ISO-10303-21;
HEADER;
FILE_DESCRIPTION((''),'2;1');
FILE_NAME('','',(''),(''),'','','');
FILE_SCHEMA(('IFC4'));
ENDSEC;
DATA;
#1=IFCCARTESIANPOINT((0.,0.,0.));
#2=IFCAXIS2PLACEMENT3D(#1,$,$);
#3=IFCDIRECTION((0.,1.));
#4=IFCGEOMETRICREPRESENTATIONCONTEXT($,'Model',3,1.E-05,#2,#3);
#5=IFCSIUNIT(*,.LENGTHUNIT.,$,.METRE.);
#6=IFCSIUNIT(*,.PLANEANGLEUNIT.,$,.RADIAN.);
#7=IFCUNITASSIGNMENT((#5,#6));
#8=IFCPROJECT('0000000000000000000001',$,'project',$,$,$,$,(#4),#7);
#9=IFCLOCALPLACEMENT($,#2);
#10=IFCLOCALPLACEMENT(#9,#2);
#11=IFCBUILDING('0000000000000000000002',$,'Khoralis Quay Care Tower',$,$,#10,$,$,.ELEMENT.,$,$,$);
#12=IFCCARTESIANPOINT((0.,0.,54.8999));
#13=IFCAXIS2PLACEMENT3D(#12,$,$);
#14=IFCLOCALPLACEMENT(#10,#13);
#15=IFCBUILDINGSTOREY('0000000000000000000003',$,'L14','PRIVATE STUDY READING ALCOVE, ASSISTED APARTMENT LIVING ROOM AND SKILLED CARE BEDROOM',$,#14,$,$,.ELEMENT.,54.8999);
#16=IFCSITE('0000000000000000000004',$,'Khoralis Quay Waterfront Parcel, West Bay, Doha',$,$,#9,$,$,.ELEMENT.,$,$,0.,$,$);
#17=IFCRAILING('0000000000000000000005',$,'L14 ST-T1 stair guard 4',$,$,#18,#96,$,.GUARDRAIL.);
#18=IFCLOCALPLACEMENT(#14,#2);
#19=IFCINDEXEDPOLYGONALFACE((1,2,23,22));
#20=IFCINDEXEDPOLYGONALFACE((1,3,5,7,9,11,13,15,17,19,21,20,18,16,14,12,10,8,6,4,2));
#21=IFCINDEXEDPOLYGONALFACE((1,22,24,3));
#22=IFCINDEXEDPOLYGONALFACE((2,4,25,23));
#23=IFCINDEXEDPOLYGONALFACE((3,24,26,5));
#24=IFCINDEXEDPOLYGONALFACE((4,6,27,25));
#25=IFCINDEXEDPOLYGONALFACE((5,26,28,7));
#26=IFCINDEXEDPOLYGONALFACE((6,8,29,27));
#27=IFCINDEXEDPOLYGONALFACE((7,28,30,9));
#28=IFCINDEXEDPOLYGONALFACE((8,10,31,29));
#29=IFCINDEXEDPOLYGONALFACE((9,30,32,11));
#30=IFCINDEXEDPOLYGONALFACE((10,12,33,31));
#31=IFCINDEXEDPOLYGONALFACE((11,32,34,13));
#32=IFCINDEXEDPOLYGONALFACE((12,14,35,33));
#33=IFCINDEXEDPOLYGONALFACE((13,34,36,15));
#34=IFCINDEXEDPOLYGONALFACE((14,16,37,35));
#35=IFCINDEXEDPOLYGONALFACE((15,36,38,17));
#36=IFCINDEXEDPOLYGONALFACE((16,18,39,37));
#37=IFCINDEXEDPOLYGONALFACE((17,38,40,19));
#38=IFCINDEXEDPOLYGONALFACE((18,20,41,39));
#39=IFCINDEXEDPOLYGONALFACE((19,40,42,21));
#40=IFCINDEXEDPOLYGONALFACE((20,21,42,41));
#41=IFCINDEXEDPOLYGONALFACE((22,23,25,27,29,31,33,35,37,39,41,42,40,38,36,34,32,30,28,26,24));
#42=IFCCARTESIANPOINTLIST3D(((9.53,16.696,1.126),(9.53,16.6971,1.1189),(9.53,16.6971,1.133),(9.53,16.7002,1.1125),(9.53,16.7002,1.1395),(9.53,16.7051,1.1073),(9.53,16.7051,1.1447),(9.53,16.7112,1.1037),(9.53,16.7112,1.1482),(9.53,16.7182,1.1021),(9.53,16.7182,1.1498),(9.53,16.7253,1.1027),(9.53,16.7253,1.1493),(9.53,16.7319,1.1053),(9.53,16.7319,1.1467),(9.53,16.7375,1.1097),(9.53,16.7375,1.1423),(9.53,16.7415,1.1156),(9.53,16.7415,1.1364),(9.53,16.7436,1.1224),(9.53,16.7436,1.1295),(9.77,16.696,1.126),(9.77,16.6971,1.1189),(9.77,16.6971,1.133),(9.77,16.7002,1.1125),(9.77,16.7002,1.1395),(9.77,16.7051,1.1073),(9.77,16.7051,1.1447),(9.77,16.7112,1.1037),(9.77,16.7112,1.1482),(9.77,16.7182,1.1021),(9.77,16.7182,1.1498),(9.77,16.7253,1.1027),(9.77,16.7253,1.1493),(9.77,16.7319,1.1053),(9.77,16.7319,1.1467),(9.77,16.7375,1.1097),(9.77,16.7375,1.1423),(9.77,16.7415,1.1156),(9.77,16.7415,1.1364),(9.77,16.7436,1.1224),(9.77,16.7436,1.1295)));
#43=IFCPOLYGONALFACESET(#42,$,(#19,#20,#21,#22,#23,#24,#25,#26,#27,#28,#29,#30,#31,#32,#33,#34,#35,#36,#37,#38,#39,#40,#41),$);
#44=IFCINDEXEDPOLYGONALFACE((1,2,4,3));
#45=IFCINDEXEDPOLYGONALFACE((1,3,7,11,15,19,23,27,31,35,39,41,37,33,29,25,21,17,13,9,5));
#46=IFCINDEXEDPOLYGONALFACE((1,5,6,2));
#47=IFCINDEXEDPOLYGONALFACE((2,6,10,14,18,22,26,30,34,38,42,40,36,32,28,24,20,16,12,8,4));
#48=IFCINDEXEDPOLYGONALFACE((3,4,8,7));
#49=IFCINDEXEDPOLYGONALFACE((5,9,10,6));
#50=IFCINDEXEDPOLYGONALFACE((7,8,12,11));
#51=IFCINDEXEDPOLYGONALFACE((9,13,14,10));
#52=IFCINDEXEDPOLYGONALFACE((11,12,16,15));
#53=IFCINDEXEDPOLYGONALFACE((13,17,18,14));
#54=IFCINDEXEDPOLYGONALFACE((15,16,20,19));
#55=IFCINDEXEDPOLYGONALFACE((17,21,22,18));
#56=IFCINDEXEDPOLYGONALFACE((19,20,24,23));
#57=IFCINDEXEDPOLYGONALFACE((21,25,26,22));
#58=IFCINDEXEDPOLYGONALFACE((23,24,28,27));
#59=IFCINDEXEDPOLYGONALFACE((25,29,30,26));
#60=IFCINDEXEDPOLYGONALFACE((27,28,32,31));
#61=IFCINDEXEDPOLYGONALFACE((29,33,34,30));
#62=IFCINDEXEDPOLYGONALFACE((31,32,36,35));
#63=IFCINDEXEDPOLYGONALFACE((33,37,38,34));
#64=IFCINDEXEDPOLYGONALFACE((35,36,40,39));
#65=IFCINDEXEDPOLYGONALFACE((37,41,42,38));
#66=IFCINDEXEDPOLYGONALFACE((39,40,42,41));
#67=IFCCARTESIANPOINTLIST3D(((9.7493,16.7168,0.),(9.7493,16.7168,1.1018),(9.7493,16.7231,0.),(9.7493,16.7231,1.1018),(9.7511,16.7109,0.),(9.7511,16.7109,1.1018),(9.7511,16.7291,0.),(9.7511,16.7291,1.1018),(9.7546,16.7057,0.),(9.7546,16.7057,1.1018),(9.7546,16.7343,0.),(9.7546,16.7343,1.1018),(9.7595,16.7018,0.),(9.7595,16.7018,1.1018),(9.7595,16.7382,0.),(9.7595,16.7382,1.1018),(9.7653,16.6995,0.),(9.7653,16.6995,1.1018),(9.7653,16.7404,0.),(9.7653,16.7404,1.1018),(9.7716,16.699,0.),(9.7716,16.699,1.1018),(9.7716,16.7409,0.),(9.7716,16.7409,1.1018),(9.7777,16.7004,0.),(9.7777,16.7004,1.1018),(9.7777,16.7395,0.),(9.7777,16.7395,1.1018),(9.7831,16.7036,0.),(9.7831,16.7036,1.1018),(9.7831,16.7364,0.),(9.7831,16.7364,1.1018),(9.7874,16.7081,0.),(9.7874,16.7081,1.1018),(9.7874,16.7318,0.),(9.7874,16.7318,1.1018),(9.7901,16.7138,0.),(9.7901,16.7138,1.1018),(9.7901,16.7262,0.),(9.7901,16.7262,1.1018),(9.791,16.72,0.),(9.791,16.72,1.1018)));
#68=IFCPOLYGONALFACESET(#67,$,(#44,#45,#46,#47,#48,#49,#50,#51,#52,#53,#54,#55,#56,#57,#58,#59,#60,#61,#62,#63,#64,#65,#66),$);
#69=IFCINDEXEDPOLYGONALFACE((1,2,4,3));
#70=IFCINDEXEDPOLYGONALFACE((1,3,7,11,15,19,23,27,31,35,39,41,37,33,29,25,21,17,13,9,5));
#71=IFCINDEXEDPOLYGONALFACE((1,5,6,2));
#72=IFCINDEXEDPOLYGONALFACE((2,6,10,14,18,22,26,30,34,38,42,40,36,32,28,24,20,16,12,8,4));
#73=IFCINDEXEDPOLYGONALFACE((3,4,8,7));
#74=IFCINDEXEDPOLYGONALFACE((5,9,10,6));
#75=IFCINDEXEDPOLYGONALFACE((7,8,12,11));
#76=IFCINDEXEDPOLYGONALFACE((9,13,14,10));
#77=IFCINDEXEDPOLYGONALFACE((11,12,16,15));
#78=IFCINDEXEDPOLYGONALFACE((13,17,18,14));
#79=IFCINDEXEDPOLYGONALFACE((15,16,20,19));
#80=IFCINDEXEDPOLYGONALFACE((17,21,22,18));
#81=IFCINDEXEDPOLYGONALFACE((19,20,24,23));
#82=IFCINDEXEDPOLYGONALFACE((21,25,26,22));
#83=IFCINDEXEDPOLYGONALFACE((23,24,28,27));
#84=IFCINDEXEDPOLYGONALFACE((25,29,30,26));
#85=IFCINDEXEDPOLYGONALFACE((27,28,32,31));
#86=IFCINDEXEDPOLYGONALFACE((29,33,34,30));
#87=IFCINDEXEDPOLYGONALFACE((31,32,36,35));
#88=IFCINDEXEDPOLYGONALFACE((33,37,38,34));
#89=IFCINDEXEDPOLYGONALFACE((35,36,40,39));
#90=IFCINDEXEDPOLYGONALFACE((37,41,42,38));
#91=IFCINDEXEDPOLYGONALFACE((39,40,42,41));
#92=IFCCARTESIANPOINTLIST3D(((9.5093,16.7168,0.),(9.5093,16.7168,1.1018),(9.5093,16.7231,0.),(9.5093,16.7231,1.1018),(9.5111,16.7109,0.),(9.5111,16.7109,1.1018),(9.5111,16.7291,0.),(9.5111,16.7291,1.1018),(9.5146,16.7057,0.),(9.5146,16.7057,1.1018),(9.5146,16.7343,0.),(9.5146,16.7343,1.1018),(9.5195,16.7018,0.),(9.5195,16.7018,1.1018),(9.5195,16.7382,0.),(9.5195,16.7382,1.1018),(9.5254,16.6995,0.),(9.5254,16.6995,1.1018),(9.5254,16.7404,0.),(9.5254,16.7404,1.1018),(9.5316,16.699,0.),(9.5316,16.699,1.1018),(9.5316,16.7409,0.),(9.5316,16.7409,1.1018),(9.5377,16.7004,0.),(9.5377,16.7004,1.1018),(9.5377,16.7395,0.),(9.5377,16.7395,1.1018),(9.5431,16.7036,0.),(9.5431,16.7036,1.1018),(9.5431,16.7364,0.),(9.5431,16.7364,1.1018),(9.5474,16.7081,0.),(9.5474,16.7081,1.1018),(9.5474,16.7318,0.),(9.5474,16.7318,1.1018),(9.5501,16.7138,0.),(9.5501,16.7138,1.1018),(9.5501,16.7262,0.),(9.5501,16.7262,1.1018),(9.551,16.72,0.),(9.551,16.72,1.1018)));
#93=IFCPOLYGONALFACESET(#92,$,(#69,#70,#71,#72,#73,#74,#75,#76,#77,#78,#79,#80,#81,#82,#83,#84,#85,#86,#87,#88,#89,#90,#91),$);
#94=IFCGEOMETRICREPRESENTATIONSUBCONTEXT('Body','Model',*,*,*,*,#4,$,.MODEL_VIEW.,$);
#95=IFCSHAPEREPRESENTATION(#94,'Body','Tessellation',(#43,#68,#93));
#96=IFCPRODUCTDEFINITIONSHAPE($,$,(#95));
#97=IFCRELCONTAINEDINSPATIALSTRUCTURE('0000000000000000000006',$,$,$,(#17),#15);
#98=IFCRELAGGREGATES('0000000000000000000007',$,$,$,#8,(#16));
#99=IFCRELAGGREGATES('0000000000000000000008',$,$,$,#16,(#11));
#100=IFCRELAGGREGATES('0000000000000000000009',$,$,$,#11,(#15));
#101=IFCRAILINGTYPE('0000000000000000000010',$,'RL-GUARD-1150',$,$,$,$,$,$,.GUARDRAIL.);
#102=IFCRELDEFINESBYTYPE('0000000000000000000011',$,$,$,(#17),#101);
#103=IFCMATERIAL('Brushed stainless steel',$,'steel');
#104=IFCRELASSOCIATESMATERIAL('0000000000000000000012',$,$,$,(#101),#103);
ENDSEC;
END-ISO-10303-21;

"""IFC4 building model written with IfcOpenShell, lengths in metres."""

from ifc_helpers import new_model, si_unit, direction, frame, origin, origin_2d, place, context, subcontext, project, spatial, circle, extrude, material, type_object, element, save


model = new_model("IFC4")

# Units and contexts
model_context = context("Model", 3, precision=1e-05, world=origin(), true_north=direction((0.0, 1.0)))
body_context = subcontext(model_context, "Body", "Model", "MODEL_VIEW")
ifc_project = project(units=[si_unit("LENGTHUNIT", "METRE"), si_unit("PLANEANGLEUNIT", "RADIAN")], contexts=[model_context])

# Site, building, storey
site_placement = place(None, origin())
site = spatial("IfcSite", under=ifc_project, at=site_placement, Name="Khoralis Quay Waterfront Parcel, West Bay, Doha", CompositionType="ELEMENT", RefElevation=0.0)
building_placement = place(site_placement, origin())
building = spatial("IfcBuilding", under=site, at=building_placement, Name="Khoralis Quay Care Tower", CompositionType="ELEMENT")
storey_placement = place(building_placement, frame((0.0, 0.0, 54.8999)))
storey = spatial("IfcBuildingStorey", under=building, at=storey_placement, Name="L14", Description="PRIVATE STUDY READING ALCOVE, ASSISTED APARTMENT LIVING ROOM AND SKILLED CARE BEDROOM", CompositionType="ELEMENT", Elevation=54.8999)

# Shared definitions
ifc_material_1 = material(Name="Brushed stainless steel", Category="steel")

# Railing
railing_type_1 = type_object("IfcRailingType", Name="RL-GUARD-1150", PredefinedType="GUARDRAIL", material=ifc_material_1)
railing_1_placement = place(storey_placement, frame((9.77, 16.72, 0.0)))
element("IfcRailing", 1, at=railing_1_placement, inside=storey, type_object=railing_type_1, Name="L14 ST-T1 stair guard 4", PredefinedType="GUARDRAIL", context=body_context, shape_type="SweptSolid", body=[
    extrude(circle(Radius=0.0239, at=origin_2d()), frame((0.0, 0.0, 1.126), z_axis=(-1.0, 0.0, 0.0), x_axis=(0.0, -1.0, 0.0)), (0.0, 0.0, 1.0), 0.24),
    extrude(circle(Radius=0.021, at=origin_2d()), origin(), (0.0, 0.0, 1.0), 1.1018),
    extrude(circle(Radius=0.021, at=origin_2d()), frame((-0.24, 0.0, 0.0)), (0.0, 0.0, 1.0), 1.1018),
])

save(model, "model.ifc")
